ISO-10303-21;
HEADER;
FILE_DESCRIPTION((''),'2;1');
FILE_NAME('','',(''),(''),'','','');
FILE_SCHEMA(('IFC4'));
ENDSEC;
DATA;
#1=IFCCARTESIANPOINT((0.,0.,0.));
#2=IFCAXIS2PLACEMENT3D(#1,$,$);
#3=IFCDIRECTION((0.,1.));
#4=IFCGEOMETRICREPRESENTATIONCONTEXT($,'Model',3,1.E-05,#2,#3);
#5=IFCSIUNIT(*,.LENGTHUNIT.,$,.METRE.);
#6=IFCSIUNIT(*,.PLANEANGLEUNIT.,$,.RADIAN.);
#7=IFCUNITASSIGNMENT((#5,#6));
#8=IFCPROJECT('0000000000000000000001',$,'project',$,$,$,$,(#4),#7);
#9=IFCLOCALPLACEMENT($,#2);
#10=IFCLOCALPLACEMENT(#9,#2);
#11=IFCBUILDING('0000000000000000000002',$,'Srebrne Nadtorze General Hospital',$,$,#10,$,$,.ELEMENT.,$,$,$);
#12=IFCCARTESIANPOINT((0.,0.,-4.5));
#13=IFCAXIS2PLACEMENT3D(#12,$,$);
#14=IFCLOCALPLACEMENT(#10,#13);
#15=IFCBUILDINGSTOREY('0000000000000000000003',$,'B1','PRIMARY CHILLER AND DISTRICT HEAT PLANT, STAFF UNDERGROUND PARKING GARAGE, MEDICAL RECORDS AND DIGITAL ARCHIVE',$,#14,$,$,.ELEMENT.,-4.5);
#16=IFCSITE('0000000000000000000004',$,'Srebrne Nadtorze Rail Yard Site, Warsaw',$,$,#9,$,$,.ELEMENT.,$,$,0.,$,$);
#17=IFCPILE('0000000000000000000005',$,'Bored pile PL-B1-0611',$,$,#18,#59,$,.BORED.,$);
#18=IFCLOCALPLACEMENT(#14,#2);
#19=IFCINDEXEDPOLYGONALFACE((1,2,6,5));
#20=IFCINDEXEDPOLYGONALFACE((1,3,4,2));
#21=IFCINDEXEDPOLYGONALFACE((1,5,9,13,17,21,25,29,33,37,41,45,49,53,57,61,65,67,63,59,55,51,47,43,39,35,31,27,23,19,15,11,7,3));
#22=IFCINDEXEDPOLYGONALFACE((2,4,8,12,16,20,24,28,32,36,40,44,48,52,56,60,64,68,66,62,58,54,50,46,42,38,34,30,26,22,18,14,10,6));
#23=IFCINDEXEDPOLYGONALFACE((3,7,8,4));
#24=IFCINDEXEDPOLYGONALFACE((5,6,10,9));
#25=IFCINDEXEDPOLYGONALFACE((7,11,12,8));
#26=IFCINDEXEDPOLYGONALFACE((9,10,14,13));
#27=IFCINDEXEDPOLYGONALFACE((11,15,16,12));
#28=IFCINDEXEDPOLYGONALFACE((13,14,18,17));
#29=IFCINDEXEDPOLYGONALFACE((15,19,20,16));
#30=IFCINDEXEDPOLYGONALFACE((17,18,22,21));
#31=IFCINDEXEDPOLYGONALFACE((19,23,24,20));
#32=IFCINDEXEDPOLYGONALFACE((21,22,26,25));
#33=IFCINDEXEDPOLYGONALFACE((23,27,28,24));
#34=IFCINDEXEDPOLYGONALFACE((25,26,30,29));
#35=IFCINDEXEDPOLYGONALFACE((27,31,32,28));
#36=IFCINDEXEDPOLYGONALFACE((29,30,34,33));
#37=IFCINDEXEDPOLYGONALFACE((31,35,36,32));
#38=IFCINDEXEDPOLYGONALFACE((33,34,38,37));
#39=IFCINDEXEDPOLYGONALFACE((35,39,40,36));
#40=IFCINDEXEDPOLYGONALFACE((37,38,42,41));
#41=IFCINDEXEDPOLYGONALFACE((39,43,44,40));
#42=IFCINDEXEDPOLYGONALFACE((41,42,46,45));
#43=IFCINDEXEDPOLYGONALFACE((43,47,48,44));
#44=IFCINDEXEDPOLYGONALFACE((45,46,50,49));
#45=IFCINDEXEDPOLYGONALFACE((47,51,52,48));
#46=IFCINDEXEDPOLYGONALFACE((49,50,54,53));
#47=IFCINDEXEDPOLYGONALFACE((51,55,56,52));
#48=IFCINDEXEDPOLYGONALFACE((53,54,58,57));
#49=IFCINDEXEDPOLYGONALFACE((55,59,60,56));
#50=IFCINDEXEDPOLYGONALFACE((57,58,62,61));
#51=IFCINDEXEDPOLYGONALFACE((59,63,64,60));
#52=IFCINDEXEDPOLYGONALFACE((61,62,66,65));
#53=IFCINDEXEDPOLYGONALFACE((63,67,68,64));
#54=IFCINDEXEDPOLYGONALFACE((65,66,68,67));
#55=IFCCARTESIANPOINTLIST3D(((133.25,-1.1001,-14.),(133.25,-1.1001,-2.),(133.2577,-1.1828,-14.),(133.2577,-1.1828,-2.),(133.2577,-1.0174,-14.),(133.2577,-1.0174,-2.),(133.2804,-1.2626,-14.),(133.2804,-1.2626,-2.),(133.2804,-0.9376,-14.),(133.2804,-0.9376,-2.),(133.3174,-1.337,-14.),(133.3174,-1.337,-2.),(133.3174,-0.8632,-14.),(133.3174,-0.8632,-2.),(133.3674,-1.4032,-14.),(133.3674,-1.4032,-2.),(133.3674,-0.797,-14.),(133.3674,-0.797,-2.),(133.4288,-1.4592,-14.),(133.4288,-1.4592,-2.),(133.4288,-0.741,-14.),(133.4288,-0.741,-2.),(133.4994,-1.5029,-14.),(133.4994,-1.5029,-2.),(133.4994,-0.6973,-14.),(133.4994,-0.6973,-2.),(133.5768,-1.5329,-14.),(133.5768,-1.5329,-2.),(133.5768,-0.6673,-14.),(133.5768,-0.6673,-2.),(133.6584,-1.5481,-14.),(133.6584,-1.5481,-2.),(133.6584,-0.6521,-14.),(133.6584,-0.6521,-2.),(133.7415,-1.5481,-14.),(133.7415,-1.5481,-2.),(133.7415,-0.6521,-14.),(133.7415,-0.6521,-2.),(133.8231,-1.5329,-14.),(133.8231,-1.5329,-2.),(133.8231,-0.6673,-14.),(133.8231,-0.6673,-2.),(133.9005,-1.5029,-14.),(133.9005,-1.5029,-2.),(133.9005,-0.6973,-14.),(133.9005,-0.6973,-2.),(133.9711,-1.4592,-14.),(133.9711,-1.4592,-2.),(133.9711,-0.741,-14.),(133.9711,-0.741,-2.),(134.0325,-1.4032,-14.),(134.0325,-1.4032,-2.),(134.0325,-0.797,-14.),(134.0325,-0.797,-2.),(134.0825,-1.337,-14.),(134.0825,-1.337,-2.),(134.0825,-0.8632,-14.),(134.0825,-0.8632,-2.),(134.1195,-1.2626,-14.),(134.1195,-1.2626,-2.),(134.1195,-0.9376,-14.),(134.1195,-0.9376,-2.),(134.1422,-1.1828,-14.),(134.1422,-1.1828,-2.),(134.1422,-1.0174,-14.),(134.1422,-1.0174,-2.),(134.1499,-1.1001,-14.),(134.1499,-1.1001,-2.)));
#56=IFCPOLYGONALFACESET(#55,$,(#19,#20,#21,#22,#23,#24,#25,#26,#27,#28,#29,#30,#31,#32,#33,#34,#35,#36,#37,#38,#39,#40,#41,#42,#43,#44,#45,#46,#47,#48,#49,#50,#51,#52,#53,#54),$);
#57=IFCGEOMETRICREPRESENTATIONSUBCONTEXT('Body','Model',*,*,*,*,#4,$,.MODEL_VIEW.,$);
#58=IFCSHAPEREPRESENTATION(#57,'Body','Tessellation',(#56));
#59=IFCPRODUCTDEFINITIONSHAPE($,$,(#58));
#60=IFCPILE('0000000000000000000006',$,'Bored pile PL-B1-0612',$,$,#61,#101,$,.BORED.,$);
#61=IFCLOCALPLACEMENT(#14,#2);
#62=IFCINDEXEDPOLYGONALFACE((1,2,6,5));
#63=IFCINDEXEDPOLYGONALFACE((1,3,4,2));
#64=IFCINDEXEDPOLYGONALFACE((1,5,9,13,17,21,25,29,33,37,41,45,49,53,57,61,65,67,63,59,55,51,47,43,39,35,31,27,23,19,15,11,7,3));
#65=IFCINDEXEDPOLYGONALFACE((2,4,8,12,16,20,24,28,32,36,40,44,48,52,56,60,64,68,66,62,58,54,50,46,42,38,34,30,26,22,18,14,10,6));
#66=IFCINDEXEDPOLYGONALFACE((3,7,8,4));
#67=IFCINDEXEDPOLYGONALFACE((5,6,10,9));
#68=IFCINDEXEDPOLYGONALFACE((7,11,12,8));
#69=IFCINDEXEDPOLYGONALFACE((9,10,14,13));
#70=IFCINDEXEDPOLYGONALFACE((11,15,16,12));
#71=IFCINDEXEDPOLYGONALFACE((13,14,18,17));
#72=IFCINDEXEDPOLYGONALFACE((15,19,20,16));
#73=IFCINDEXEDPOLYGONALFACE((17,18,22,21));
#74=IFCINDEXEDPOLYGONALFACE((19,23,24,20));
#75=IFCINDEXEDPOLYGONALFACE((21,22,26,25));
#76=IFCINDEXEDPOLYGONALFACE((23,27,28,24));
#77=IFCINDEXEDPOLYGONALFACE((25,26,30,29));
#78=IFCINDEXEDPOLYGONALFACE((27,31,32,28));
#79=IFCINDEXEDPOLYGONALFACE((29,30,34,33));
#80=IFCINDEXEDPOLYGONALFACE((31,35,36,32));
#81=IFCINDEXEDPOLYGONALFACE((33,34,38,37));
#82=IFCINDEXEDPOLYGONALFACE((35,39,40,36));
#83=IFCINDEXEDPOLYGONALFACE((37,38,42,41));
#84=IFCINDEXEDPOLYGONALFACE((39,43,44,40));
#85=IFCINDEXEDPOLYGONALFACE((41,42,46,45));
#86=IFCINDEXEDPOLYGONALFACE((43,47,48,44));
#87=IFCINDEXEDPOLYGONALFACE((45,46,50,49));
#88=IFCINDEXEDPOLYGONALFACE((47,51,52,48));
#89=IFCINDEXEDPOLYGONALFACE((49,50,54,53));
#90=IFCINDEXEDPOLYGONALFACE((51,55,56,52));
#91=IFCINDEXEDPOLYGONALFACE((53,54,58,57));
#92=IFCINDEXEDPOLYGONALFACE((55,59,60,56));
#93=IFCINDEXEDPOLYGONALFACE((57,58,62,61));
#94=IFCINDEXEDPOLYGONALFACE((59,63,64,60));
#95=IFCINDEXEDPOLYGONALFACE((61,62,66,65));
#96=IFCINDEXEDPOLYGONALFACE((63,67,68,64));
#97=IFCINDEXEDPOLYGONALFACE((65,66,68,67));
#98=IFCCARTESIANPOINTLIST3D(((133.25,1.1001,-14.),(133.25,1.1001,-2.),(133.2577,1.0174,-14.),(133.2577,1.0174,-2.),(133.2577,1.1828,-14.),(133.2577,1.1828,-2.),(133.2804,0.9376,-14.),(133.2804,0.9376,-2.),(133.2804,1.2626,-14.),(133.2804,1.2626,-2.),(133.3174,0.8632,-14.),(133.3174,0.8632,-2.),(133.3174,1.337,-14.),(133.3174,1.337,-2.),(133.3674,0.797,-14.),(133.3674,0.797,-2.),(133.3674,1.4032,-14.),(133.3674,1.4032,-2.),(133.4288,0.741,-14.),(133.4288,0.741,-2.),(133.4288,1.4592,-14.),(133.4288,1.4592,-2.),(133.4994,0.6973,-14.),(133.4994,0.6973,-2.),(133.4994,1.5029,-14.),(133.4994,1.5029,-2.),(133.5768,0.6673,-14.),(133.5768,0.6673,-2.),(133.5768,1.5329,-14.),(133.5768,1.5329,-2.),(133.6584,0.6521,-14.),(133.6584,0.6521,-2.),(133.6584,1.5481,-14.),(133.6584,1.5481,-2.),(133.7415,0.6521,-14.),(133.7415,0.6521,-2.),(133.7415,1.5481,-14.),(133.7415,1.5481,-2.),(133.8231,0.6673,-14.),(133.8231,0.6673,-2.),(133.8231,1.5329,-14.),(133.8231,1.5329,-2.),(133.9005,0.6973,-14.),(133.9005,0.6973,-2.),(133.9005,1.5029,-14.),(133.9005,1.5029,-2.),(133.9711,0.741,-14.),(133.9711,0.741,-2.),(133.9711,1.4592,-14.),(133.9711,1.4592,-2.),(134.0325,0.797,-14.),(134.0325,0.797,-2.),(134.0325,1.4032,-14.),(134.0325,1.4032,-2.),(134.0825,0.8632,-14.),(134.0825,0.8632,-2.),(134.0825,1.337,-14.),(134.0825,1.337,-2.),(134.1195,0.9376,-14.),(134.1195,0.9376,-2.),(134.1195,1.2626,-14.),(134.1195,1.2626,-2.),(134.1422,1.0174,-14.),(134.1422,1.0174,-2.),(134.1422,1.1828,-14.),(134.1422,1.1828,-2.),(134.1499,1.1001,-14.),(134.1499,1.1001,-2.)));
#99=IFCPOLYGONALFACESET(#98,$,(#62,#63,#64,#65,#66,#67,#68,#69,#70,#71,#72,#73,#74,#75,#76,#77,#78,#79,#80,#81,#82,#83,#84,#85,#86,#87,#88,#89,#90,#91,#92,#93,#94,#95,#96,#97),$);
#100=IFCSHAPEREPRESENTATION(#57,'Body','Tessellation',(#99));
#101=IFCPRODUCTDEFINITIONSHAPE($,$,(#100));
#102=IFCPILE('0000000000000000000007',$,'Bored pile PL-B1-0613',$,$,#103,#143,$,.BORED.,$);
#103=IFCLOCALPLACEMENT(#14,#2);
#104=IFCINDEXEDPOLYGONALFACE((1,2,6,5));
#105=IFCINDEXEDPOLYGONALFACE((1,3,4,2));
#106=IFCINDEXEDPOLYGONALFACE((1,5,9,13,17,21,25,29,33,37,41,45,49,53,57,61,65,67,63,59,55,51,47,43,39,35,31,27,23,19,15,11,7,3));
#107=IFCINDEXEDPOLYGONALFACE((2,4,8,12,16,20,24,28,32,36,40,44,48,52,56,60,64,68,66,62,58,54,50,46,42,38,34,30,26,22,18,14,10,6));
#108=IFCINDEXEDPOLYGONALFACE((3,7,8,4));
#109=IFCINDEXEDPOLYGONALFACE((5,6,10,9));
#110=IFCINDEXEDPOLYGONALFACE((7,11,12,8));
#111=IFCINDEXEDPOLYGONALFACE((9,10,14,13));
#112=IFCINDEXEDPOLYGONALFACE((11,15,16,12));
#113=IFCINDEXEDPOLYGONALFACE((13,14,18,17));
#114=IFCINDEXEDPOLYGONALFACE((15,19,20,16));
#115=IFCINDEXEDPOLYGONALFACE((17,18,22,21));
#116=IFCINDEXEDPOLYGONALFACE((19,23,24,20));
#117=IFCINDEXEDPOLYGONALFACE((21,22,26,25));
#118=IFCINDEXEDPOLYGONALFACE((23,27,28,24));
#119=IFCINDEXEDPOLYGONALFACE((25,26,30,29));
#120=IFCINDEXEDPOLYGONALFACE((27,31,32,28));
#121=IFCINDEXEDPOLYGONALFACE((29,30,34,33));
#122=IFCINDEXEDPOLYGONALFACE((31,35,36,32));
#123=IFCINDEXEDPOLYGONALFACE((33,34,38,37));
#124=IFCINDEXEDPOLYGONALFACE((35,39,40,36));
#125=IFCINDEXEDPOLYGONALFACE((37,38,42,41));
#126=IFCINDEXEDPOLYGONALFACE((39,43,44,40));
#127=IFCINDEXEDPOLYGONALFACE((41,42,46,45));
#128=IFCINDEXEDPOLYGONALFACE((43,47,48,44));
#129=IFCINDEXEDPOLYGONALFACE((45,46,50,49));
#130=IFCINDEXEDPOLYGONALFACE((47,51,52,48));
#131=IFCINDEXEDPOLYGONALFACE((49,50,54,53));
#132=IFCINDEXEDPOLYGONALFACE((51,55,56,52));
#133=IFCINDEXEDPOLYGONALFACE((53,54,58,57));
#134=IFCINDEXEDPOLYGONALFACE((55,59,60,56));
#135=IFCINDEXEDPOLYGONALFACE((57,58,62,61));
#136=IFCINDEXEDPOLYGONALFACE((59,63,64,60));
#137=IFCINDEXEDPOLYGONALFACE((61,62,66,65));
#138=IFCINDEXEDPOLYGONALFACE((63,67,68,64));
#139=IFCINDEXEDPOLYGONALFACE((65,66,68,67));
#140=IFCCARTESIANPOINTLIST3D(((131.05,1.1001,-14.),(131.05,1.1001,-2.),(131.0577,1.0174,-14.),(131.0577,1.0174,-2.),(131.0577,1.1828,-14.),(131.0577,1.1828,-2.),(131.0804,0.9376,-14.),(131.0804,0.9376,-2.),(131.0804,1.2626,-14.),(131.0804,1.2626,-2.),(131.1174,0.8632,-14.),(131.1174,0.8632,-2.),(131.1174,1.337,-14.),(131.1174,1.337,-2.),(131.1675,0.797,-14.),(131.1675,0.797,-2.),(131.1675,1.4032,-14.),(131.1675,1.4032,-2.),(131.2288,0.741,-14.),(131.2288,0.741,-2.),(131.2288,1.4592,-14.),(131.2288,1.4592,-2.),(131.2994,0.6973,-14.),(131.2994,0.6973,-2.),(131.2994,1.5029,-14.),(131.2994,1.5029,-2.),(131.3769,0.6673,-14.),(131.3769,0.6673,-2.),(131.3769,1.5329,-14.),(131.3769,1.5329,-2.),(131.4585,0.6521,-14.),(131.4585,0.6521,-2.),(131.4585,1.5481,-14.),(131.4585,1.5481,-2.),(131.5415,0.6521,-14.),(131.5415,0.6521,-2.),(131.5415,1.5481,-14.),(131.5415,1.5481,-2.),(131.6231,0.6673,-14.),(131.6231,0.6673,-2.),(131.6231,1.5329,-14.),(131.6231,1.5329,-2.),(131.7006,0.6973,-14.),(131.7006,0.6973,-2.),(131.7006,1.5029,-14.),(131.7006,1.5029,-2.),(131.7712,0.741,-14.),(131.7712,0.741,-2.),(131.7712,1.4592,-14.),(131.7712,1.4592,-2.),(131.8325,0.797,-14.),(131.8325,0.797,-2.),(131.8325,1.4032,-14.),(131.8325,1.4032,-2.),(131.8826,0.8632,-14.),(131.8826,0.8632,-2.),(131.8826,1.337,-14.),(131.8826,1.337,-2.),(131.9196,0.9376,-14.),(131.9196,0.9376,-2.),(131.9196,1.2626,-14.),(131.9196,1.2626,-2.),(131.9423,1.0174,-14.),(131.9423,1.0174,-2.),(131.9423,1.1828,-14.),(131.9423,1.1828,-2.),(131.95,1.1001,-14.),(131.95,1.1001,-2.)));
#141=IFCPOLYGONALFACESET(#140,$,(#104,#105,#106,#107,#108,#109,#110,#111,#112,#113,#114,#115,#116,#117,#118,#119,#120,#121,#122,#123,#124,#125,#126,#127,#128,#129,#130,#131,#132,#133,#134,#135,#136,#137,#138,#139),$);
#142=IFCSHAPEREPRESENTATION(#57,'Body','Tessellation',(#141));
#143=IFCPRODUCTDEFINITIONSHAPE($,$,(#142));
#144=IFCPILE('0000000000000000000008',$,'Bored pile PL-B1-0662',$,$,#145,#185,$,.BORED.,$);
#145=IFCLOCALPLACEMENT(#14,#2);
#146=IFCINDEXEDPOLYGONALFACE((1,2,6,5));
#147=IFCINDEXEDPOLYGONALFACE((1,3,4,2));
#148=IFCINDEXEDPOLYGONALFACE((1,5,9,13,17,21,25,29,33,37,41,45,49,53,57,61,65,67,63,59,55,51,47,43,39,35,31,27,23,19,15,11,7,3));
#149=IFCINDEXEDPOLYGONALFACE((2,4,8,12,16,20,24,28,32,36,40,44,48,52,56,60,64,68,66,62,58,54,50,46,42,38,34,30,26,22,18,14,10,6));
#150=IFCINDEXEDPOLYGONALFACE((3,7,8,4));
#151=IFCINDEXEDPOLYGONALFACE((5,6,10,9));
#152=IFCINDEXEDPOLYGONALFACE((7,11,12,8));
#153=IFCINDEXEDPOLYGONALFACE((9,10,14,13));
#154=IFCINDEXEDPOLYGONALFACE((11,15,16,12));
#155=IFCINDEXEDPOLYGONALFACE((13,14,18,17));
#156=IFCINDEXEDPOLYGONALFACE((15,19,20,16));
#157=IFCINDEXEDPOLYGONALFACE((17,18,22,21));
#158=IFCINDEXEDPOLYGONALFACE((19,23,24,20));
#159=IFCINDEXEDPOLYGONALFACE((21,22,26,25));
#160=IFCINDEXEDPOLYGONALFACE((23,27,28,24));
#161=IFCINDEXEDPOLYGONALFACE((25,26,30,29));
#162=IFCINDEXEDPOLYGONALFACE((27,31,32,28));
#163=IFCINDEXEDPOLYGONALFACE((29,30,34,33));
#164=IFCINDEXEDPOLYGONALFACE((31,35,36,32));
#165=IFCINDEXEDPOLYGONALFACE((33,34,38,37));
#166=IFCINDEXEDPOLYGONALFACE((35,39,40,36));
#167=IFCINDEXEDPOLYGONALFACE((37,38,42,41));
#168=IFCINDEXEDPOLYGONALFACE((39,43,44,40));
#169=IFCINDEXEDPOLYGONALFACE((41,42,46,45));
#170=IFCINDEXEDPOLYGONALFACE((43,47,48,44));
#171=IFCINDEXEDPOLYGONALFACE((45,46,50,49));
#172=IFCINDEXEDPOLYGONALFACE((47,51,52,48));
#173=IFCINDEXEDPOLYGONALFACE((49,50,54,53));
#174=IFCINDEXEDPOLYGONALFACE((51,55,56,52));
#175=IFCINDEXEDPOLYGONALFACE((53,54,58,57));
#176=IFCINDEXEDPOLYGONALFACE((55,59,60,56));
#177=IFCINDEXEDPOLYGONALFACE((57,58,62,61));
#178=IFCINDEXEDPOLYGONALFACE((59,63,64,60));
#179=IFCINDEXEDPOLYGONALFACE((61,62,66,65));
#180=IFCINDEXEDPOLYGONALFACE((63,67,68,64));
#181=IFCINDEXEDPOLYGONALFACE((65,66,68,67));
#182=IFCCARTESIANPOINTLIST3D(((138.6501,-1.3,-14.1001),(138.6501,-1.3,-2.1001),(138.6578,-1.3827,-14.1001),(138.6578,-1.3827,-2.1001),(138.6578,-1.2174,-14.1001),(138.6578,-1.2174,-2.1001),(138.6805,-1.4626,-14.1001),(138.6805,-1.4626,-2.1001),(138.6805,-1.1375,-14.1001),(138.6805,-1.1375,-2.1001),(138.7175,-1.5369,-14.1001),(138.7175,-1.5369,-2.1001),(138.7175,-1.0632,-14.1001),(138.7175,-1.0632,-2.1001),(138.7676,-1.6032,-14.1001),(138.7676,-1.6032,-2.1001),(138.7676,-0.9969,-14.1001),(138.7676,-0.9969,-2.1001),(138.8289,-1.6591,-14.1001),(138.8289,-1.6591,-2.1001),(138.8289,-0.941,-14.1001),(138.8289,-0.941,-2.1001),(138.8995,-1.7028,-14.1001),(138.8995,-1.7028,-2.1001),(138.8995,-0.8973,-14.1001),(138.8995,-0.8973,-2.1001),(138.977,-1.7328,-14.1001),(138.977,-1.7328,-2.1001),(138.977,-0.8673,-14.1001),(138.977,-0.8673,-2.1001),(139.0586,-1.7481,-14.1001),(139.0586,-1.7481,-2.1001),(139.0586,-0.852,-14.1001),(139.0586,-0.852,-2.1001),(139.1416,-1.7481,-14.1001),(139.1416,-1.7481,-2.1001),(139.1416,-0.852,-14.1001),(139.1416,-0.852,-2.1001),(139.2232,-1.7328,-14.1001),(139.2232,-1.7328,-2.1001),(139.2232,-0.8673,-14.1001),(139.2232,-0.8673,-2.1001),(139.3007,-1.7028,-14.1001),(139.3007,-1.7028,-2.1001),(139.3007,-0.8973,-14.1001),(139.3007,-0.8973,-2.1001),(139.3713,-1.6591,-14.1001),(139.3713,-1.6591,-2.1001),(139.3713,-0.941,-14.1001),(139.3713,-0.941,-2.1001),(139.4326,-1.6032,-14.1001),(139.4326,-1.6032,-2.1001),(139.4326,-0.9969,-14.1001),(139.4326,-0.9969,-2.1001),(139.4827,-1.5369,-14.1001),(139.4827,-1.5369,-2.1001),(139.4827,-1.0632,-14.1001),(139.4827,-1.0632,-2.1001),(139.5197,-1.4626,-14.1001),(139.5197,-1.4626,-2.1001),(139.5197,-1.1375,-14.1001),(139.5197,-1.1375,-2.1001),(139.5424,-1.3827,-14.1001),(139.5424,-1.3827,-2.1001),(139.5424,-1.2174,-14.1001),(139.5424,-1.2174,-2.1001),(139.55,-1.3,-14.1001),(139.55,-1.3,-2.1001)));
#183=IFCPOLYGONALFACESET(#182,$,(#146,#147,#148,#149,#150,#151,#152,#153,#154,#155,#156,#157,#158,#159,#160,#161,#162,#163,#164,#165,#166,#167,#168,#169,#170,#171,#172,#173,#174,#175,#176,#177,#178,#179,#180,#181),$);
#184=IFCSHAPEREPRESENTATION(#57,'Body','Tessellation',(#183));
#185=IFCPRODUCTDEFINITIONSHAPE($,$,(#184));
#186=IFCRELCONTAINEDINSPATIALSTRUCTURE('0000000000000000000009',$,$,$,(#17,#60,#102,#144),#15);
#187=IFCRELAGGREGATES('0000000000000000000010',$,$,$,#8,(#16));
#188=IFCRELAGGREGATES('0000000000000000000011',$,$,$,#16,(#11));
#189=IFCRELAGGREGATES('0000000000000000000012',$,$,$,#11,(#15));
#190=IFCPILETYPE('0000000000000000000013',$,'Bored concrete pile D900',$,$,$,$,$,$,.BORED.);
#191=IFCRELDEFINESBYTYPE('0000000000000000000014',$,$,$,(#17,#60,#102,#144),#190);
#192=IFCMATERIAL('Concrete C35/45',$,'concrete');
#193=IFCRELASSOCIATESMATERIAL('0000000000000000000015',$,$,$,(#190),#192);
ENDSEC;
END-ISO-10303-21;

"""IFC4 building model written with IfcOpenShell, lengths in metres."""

from ifc_helpers import new_model, si_unit, direction, frame, origin, origin_2d, place, context, subcontext, project, spatial, circle, extrude, material, material_profile, profile_set, type_object, element, save


model = new_model("IFC4")

# Units and contexts
model_context = context("Model", 3, precision=1e-05, world=origin(), true_north=direction((0.0, 1.0)))
body_context = subcontext(model_context, "Body", "Model", "MODEL_VIEW")
ifc_project = project(units=[si_unit("LENGTHUNIT", "METRE"), si_unit("PLANEANGLEUNIT", "RADIAN")], contexts=[model_context])

# Site, building, storey
site_placement = place(None, origin())
site = spatial("IfcSite", under=ifc_project, at=site_placement, Name="Srebrne Nadtorze Rail Yard Site, Warsaw", CompositionType="ELEMENT", RefElevation=0.0)
building_placement = place(site_placement, origin())
building = spatial("IfcBuilding", under=site, at=building_placement, Name="Srebrne Nadtorze General Hospital", CompositionType="ELEMENT")
storey_placement = place(building_placement, frame((0.0, 0.0, -4.5)))
storey = spatial("IfcBuildingStorey", under=building, at=storey_placement, Name="B1", Description="PRIMARY CHILLER AND DISTRICT HEAT PLANT, STAFF UNDERGROUND PARKING GARAGE, MEDICAL RECORDS AND DIGITAL ARCHIVE", CompositionType="ELEMENT", Elevation=-4.5)

# Piles
ifc_material_1 = material(Name="Concrete C35/45", Category="concrete")
ifc_material_profile_1 = material_profile(ifc_material_1, circle(Radius=0.45, at=origin_2d()), Name="PILE-D900")
ifc_profile_set_1 = profile_set([ifc_material_profile_1], Name="Concrete C35/45")
pile_type_1 = type_object("IfcPileType", Name="Bored concrete pile D900", PredefinedType="BORED", material=ifc_profile_set_1)
for number, where, z_axis, x_axis, name in (
    (1, (133.7, -1.1001, -2.0), (0.0, 0.0, -1.0), (1.0, 0.0, 0.0), "Bored pile PL-B1-0611"),
    (2, (133.7, 1.1001, -2.0), (0.0, 0.0, -1.0), (1.0, 0.0, 0.0), "Bored pile PL-B1-0612"),
    (3, (131.5, 1.1001, -2.0), (0.0, 0.0, -1.0), (1.0, 0.0, 0.0), "Bored pile PL-B1-0613"),
    (4, (139.1001, -1.3, -2.1001), (0.0, 0.0, -1.0), (1.0, 0.0, 0.0), "Bored pile PL-B1-0662"),
):
    element("IfcPile", number, at=place(storey_placement, frame(where, z_axis=z_axis, x_axis=x_axis)), inside=storey, type_object=pile_type_1, Name=name, PredefinedType="BORED", context=body_context, shape_type="SweptSolid", body=[
        extrude(circle(Radius=0.45, at=origin_2d()), origin(), (0.0, 0.0, 1.0), 12.0),
    ])

save(model, "model.ifc")
